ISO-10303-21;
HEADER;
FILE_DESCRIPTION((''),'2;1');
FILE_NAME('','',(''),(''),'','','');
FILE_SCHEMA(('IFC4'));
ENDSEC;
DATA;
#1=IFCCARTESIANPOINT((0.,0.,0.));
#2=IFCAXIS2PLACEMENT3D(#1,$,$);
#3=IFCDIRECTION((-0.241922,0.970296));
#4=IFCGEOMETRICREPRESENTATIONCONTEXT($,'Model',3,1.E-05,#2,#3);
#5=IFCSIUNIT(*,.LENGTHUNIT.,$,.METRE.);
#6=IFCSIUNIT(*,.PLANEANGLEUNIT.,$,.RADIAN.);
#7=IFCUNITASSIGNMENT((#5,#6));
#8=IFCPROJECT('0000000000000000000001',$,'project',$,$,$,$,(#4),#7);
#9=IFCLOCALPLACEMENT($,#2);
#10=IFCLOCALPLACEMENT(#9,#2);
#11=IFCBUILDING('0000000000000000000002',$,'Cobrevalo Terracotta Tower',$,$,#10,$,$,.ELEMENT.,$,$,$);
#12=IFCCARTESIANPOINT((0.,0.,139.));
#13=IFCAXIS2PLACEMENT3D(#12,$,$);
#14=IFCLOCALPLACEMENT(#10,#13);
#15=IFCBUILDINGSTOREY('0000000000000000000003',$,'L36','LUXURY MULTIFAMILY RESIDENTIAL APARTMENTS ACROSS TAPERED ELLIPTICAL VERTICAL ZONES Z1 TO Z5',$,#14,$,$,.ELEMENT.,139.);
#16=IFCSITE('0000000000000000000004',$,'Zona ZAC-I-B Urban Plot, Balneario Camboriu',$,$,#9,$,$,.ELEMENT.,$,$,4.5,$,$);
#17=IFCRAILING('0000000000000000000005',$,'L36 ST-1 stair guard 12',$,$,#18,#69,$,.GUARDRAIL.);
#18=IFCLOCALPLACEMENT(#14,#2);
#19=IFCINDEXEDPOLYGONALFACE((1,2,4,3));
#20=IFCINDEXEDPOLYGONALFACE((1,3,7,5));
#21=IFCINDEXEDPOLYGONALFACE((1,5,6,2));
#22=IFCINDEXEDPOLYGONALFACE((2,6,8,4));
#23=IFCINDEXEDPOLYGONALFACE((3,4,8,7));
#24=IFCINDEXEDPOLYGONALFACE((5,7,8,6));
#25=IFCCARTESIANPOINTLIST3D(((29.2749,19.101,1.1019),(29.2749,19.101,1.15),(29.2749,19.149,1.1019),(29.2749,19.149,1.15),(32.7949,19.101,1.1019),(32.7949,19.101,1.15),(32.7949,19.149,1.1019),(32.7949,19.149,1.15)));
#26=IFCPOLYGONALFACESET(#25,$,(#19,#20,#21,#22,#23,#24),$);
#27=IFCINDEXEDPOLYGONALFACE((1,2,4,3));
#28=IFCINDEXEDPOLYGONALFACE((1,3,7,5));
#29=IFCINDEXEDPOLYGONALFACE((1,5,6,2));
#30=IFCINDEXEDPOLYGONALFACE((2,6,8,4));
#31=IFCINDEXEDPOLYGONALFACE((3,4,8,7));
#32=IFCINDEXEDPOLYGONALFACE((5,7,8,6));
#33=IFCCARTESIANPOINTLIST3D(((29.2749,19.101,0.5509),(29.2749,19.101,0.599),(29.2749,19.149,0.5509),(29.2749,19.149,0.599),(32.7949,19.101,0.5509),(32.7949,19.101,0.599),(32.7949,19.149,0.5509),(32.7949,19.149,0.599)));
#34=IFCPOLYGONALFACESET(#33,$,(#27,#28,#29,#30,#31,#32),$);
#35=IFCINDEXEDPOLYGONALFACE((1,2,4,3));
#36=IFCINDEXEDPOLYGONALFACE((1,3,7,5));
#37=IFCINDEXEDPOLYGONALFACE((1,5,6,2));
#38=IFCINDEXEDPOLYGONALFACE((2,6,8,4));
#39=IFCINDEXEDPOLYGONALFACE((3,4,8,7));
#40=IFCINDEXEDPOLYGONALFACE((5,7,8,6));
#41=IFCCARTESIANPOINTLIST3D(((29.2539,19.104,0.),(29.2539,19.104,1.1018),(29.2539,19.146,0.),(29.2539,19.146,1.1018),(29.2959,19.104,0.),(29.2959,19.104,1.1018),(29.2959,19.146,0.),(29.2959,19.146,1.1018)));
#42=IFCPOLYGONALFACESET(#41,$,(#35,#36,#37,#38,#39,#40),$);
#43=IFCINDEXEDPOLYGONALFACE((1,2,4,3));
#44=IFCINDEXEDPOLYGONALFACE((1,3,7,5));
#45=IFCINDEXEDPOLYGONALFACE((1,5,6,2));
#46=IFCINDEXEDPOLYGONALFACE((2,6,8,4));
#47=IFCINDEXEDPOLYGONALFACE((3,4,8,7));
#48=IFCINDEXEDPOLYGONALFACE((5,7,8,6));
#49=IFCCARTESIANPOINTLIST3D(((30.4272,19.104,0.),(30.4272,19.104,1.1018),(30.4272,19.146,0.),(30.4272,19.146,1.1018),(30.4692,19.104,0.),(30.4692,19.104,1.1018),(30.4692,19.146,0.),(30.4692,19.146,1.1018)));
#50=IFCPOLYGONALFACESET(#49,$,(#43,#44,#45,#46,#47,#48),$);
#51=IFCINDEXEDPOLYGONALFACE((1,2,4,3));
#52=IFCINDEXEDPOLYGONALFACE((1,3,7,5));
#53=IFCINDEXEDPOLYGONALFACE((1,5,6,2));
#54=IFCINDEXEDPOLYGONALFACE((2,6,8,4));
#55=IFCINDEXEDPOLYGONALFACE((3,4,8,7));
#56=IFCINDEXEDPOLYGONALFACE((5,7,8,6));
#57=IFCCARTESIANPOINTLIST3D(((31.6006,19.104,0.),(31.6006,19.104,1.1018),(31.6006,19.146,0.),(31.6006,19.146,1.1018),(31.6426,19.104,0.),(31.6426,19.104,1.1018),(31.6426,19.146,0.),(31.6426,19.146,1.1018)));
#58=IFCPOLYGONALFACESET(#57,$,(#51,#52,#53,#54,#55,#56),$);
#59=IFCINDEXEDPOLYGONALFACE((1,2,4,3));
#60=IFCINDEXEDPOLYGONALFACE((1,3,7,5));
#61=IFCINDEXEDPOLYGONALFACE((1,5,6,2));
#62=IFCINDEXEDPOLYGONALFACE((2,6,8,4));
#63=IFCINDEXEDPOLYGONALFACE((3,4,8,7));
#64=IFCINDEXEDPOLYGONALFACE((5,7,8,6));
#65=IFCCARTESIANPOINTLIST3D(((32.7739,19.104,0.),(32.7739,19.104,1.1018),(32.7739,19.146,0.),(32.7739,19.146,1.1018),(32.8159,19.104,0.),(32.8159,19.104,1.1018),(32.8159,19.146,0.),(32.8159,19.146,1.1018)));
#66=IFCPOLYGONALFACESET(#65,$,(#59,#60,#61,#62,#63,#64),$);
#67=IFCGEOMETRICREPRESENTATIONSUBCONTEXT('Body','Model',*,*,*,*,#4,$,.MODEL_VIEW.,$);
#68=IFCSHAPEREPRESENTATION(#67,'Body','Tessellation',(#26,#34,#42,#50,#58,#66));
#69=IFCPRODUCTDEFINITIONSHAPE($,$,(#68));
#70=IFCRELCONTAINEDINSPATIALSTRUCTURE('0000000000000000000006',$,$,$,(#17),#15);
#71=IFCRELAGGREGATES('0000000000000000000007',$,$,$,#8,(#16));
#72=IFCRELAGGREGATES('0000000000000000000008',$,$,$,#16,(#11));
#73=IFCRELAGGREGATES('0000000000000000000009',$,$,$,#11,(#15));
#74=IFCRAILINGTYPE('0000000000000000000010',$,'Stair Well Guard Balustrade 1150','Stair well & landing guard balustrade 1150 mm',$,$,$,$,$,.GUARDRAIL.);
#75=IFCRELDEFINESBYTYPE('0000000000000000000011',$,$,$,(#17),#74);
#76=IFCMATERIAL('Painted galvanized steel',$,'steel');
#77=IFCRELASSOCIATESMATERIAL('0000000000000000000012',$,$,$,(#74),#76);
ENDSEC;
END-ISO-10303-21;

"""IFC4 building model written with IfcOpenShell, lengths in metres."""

from ifc_helpers import new_model, si_unit, direction, frame, origin, origin_2d, place, context, subcontext, project, spatial, rectangle, extrude, material, type_object, element, save


model = new_model("IFC4")

# Units and contexts
model_context = context("Model", 3, precision=1e-05, world=origin(), true_north=direction((-0.241922, 0.970296)))
body_context = subcontext(model_context, "Body", "Model", "MODEL_VIEW")
ifc_project = project(units=[si_unit("LENGTHUNIT", "METRE"), si_unit("PLANEANGLEUNIT", "RADIAN")], contexts=[model_context])

# Site, building, storey
site_placement = place(None, origin())
site = spatial("IfcSite", under=ifc_project, at=site_placement, Name="Zona ZAC-I-B Urban Plot, Balneario Camboriu", CompositionType="ELEMENT", RefElevation=4.5)
building_placement = place(site_placement, origin())
building = spatial("IfcBuilding", under=site, at=building_placement, Name="Cobrevalo Terracotta Tower", CompositionType="ELEMENT")
storey_placement = place(building_placement, frame((0.0, 0.0, 139.0)))
storey = spatial("IfcBuildingStorey", under=building, at=storey_placement, Name="L36", Description="LUXURY MULTIFAMILY RESIDENTIAL APARTMENTS ACROSS TAPERED ELLIPTICAL VERTICAL ZONES Z1 TO Z5", CompositionType="ELEMENT", Elevation=139.0)

# Railing
ifc_material_1 = material(Name="Painted galvanized steel", Category="steel")
railing_type_1 = type_object("IfcRailingType", Name="Stair Well Guard Balustrade 1150", Description="Stair well & landing guard balustrade 1150 mm", PredefinedType="GUARDRAIL", material=ifc_material_1)
railing_1_placement = place(storey_placement, frame((29.2749, 19.125, 0.0)))
element("IfcRailing", 1, at=railing_1_placement, inside=storey, type_object=railing_type_1, Name="L36 ST-1 stair guard 12", PredefinedType="GUARDRAIL", context=body_context, shape_type="SweptSolid", body=[
    extrude(rectangle(XDim=0.0481, YDim=0.0481, at=origin_2d()), frame((0.0, 0.0, 1.126), z_axis=(1.0, 0.0, 0.0), x_axis=(0.0, 1.0, 0.0)), (0.0, 0.0, 1.0), 3.52),
    extrude(rectangle(XDim=0.0481, YDim=0.0481, at=origin_2d()), frame((0.0, 0.0, 0.575), z_axis=(1.0, 0.0, 0.0), x_axis=(0.0, 1.0, 0.0)), (0.0, 0.0, 1.0), 3.52),
    extrude(rectangle(XDim=0.042, YDim=0.042, at=origin_2d()), origin(), (0.0, 0.0, 1.0), 1.1018),
    extrude(rectangle(XDim=0.042, YDim=0.042, at=origin_2d()), frame((1.1733, 0.0, 0.0)), (0.0, 0.0, 1.0), 1.1018),
    extrude(rectangle(XDim=0.042, YDim=0.042, at=origin_2d()), frame((2.3467, 0.0, 0.0)), (0.0, 0.0, 1.0), 1.1018),
    extrude(rectangle(XDim=0.042, YDim=0.042, at=origin_2d()), frame((3.52, 0.0, 0.0)), (0.0, 0.0, 1.0), 1.1018),
])

save(model, "model.ifc")
